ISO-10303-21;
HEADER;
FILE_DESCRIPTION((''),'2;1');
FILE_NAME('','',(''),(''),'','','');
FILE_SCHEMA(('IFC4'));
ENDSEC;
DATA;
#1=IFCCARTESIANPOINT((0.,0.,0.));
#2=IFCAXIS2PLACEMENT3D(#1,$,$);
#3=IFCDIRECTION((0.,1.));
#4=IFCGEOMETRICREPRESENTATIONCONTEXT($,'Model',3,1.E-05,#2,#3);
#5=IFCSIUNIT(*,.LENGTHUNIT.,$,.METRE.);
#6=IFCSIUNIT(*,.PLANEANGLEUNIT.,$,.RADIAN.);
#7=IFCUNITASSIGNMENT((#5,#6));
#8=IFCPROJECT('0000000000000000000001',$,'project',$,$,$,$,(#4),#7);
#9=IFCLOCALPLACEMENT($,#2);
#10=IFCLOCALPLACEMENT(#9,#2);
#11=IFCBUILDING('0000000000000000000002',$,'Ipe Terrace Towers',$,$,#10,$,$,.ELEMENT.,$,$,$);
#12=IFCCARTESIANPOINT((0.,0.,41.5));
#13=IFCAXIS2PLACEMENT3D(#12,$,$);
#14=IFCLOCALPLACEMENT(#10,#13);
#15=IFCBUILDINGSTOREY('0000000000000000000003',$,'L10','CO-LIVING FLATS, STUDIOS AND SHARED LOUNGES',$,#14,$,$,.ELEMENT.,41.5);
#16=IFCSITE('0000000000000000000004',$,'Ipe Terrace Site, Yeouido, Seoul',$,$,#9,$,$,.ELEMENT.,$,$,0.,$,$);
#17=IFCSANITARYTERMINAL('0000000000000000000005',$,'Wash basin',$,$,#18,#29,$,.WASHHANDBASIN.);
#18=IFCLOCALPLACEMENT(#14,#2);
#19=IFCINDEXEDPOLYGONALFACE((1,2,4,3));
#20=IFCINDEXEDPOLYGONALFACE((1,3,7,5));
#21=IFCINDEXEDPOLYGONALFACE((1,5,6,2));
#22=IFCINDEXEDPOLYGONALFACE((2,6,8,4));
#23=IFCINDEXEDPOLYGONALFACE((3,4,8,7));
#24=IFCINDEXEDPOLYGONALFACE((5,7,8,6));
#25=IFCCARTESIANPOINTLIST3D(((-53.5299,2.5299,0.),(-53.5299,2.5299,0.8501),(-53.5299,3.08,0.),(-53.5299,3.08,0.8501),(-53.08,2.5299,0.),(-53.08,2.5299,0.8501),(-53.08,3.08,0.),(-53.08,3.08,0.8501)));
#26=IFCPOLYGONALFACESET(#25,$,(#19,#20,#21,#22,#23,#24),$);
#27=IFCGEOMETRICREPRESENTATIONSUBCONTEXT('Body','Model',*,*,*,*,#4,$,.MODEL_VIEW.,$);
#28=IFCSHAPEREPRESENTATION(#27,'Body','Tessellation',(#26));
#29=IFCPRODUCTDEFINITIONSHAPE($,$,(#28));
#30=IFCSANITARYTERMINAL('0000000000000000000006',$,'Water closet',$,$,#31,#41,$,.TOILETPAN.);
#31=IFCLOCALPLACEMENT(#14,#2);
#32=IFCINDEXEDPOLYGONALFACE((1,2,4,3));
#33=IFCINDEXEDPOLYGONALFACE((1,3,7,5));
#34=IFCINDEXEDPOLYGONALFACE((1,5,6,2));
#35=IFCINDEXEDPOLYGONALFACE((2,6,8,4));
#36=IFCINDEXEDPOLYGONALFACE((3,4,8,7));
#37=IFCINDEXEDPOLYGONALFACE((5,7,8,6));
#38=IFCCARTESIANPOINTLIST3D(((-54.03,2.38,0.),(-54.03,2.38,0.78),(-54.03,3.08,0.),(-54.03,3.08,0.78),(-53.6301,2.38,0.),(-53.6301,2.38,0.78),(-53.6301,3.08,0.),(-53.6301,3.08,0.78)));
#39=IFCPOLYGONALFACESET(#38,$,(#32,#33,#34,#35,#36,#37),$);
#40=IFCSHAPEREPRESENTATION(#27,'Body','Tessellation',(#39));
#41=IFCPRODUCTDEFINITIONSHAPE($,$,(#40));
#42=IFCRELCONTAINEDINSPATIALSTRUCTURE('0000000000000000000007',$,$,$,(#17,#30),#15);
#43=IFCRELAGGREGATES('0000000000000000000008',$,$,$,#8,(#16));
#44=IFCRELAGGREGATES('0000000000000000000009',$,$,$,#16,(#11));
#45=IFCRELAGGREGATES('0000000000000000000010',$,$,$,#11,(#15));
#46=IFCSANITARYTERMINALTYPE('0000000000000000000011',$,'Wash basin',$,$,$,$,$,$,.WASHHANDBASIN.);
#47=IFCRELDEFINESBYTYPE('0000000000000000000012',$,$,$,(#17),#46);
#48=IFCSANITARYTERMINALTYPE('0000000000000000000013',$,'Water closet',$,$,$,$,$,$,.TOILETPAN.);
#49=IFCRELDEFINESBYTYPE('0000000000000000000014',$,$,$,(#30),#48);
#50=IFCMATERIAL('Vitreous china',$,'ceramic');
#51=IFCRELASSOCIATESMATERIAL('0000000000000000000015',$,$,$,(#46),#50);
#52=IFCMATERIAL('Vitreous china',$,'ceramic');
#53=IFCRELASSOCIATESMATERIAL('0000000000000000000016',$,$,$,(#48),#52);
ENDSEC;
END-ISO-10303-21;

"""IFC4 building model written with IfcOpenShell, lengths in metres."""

from ifc_helpers import new_model, si_unit, direction, frame, origin, origin_2d, place, context, subcontext, project, spatial, rectangle, extrude, material, type_object, element, save


model = new_model("IFC4")

# Units and contexts
model_context = context("Model", 3, precision=1e-05, world=origin(), true_north=direction((0.0, 1.0)))
body_context = subcontext(model_context, "Body", "Model", "MODEL_VIEW")
ifc_project = project(units=[si_unit("LENGTHUNIT", "METRE"), si_unit("PLANEANGLEUNIT", "RADIAN")], contexts=[model_context])

# Site, building, storey
site_placement = place(None, origin())
site = spatial("IfcSite", under=ifc_project, at=site_placement, Name="Ipe Terrace Site, Yeouido, Seoul", CompositionType="ELEMENT", RefElevation=0.0)
building_placement = place(site_placement, origin())
building = spatial("IfcBuilding", under=site, at=building_placement, Name="Ipe Terrace Towers", CompositionType="ELEMENT")
storey_placement = place(building_placement, frame((0.0, 0.0, 41.5)))
storey = spatial("IfcBuildingStorey", under=building, at=storey_placement, Name="L10", Description="CO-LIVING FLATS, STUDIOS AND SHARED LOUNGES", CompositionType="ELEMENT", Elevation=41.5)

# Sanitary terminals
ifc_material_1 = material(Name="Vitreous china", Category="ceramic")
sanitary_terminal_type_1 = type_object("IfcSanitaryTerminalType", Name="Wash basin", PredefinedType="WASHHANDBASIN", material=ifc_material_1)
sanitary_terminal_1_placement = place(storey_placement, frame((-53.3049, 2.8049, 0.0), z_axis=(0.0, 0.0, 1.0), x_axis=(0.0, -1.0, 0.0)))
element("IfcSanitaryTerminal", 1, at=sanitary_terminal_1_placement, inside=storey, type_object=sanitary_terminal_type_1, Name="Wash basin", PredefinedType="WASHHANDBASIN", context=body_context, shape_type="SweptSolid", body=[
    extrude(rectangle(XDim=0.55, YDim=0.45, at=origin_2d()), origin(), (0.0, 0.0, 1.0), 0.8501),
])
ifc_material_2 = material(Name="Vitreous china", Category="ceramic")
sanitary_terminal_type_2 = type_object("IfcSanitaryTerminalType", Name="Water closet", PredefinedType="TOILETPAN", material=ifc_material_2)
sanitary_terminal_2_placement = place(storey_placement, frame((-53.8301, 2.73, 0.0), z_axis=(0.0, 0.0, 1.0), x_axis=(0.0, -1.0, 0.0)))
element("IfcSanitaryTerminal", 2, at=sanitary_terminal_2_placement, inside=storey, type_object=sanitary_terminal_type_2, Name="Water closet", PredefinedType="TOILETPAN", context=body_context, shape_type="SweptSolid", body=[
    extrude(rectangle(XDim=0.7, YDim=0.3999, at=origin_2d()), origin(), (0.0, 0.0, 1.0), 0.78),
])

save(model, "model.ifc")
